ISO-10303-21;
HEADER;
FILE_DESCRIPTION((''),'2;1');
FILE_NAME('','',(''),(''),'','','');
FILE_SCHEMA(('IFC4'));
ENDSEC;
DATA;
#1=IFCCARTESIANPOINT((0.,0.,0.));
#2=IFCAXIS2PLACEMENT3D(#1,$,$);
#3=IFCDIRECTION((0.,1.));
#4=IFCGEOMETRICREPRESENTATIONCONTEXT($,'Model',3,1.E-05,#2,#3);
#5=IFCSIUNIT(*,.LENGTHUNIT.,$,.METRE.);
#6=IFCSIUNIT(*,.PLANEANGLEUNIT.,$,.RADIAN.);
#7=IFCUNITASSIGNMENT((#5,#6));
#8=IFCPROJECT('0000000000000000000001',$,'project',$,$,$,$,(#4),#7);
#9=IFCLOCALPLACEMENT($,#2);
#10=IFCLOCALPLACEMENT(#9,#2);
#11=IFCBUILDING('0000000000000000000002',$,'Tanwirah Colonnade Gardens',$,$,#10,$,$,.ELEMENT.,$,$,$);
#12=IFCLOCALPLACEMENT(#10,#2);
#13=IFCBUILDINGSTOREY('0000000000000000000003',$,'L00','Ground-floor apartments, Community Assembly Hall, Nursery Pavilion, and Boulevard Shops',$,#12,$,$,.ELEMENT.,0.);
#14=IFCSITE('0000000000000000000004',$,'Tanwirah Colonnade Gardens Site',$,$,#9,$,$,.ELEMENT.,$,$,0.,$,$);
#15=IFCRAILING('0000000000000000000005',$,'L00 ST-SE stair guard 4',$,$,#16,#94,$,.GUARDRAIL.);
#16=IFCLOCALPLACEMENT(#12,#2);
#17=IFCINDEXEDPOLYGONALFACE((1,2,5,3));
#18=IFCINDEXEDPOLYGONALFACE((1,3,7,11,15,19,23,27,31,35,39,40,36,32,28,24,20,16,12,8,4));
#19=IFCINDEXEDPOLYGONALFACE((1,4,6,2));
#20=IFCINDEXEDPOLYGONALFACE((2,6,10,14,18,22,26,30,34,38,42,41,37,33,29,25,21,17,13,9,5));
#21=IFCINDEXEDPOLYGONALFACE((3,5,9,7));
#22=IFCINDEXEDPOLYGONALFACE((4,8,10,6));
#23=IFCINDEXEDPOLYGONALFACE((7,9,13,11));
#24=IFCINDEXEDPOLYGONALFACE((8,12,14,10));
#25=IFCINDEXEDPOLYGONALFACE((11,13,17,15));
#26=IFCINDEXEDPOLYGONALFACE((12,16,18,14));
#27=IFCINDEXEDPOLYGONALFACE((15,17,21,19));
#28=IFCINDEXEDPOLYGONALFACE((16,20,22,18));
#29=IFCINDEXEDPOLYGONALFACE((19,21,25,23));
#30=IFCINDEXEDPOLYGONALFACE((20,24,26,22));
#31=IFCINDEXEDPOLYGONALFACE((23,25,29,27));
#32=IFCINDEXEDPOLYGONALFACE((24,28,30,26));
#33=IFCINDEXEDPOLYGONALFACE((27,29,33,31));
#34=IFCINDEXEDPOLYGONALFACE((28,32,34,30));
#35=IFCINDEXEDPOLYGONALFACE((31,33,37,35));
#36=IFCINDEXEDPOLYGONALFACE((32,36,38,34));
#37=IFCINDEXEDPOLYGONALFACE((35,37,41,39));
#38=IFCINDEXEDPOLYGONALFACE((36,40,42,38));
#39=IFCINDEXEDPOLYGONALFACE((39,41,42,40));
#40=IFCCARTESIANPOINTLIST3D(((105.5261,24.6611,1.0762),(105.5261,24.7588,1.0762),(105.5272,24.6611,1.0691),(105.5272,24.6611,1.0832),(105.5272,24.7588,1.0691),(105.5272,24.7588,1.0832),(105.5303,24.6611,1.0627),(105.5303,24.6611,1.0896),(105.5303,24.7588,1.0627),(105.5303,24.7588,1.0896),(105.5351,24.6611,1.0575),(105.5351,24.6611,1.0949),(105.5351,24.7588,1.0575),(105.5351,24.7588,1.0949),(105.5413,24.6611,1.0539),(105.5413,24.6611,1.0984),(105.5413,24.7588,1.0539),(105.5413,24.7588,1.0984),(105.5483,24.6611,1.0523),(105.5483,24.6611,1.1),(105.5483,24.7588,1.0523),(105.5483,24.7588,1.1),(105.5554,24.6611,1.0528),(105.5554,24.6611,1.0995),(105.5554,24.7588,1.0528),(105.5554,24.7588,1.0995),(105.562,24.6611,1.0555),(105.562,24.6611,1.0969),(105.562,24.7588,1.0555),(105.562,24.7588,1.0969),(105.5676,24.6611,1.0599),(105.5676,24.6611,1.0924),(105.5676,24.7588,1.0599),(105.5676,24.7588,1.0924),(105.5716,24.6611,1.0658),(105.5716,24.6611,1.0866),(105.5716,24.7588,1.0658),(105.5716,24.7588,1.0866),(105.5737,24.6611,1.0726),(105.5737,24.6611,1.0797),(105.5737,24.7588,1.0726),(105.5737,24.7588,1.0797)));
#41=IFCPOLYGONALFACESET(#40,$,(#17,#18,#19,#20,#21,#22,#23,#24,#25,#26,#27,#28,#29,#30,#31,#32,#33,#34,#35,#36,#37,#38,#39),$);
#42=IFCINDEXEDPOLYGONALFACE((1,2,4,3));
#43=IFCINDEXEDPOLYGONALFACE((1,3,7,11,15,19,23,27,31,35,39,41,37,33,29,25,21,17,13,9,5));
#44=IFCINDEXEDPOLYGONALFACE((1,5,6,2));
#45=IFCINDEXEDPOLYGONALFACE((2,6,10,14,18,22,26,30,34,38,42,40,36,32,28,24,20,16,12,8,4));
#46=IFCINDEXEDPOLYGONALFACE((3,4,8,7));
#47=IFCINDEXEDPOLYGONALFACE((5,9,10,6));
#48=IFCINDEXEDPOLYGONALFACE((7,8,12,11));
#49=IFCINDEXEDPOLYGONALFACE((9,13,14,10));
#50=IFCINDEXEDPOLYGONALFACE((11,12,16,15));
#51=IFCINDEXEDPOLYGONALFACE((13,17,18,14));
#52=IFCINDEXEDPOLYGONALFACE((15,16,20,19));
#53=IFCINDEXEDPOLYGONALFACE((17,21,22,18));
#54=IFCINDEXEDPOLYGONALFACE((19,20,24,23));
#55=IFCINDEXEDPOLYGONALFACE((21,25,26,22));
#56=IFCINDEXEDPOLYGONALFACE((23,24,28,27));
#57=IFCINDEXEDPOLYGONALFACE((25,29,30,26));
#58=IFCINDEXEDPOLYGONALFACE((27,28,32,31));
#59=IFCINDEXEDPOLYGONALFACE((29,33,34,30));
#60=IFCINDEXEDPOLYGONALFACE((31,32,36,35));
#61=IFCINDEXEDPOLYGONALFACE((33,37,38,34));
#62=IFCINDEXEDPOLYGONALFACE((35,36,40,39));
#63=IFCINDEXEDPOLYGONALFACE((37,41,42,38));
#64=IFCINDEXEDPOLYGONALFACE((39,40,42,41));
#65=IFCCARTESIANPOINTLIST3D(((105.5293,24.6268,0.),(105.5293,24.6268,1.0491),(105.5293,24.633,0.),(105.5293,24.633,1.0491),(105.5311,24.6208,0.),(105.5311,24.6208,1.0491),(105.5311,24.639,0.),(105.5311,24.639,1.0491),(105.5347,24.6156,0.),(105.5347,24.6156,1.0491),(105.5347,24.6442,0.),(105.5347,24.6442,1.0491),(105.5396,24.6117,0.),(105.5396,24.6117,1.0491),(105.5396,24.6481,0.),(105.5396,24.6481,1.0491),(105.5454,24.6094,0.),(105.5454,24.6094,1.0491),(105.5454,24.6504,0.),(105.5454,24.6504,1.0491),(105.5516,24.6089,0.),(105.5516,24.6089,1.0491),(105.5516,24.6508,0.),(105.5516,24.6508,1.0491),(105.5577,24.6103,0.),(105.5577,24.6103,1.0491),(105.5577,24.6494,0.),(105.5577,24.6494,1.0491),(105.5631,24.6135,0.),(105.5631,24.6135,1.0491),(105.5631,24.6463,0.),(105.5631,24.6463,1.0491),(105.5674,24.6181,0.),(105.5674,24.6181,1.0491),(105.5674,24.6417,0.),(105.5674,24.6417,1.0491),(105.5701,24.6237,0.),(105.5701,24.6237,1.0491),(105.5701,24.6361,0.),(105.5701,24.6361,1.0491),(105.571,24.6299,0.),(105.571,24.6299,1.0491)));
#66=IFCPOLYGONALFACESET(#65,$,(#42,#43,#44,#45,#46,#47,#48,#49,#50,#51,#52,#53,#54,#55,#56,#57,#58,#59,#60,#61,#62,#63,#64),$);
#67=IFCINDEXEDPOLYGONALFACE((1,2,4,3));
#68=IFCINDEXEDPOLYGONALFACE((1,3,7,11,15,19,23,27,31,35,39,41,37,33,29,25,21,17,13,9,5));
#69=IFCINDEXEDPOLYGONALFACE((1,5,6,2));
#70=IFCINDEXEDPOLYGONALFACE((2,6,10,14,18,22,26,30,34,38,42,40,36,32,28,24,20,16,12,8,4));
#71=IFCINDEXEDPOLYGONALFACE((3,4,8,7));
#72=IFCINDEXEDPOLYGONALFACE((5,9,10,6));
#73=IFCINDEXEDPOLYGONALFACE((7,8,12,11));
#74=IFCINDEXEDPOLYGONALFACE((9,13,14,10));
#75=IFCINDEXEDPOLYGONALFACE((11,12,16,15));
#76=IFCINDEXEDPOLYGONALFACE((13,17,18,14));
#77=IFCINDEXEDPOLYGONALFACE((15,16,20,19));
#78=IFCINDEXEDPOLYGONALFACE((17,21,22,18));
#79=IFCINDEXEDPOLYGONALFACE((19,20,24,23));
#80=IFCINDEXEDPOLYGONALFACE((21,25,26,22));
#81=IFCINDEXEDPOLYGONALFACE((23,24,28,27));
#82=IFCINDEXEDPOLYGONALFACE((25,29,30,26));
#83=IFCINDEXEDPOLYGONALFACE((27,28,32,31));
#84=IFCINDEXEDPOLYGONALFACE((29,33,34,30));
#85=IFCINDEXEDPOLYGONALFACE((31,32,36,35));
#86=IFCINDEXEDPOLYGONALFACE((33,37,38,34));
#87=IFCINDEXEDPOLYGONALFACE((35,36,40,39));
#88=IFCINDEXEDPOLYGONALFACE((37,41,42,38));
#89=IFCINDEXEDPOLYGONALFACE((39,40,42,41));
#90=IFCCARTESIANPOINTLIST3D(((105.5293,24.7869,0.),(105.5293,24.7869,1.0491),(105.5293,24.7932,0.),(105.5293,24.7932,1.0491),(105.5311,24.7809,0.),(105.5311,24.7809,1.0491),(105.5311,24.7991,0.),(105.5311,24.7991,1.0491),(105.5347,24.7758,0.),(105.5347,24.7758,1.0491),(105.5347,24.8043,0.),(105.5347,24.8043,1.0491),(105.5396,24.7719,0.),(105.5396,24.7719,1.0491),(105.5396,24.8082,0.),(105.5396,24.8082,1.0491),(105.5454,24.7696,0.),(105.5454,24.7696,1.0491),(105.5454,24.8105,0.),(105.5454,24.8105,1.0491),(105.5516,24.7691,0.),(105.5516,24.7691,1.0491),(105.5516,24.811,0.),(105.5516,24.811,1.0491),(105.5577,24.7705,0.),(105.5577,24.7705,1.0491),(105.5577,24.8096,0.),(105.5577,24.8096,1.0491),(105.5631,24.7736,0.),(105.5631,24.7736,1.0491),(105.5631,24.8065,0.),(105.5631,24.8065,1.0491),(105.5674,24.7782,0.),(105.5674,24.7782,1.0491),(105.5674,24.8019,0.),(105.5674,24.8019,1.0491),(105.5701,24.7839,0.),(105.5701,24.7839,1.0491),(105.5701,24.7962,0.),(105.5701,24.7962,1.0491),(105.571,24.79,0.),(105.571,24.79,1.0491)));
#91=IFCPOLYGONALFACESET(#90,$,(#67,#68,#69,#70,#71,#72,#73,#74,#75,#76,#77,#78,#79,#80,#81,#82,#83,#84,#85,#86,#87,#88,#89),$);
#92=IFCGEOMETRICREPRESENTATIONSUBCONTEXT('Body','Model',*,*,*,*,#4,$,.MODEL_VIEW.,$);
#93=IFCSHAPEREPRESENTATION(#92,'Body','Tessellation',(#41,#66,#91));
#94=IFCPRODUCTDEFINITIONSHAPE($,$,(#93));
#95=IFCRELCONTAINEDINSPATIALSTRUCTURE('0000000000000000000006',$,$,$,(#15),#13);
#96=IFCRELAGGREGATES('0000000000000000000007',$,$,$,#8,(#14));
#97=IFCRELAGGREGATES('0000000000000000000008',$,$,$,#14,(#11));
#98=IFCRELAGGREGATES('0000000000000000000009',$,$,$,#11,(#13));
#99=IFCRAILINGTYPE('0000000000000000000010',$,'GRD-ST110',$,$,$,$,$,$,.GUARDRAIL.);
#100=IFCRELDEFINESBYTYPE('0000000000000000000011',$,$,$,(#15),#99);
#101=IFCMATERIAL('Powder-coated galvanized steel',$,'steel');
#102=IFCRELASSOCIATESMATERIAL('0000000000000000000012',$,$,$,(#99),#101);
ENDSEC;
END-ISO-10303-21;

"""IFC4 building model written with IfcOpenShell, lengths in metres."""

from ifc_helpers import new_model, si_unit, direction, frame, origin, origin_2d, place, context, subcontext, project, spatial, circle, extrude, material, type_object, element, save


model = new_model("IFC4")

# Units and contexts
model_context = context("Model", 3, precision=1e-05, world=origin(), true_north=direction((0.0, 1.0)))
body_context = subcontext(model_context, "Body", "Model", "MODEL_VIEW")
ifc_project = project(units=[si_unit("LENGTHUNIT", "METRE"), si_unit("PLANEANGLEUNIT", "RADIAN")], contexts=[model_context])

# Site, building, storey
site_placement = place(None, origin())
site = spatial("IfcSite", under=ifc_project, at=site_placement, Name="Tanwirah Colonnade Gardens Site", CompositionType="ELEMENT", RefElevation=0.0)
building_placement = place(site_placement, origin())
building = spatial("IfcBuilding", under=site, at=building_placement, Name="Tanwirah Colonnade Gardens", CompositionType="ELEMENT")
storey_placement = place(building_placement, origin())
storey = spatial("IfcBuildingStorey", under=building, at=storey_placement, Name="L00", Description="Ground-floor apartments, Community Assembly Hall, Nursery Pavilion, and Boulevard Shops", CompositionType="ELEMENT", Elevation=0.0)

# Railing
ifc_material_1 = material(Name="Powder-coated galvanized steel", Category="steel")
railing_type_1 = type_object("IfcRailingType", Name="GRD-ST110", PredefinedType="GUARDRAIL", material=ifc_material_1)
railing_1_placement = place(storey_placement, frame((105.55, 24.6299, 0.0)))
element("IfcRailing", 1, at=railing_1_placement, inside=storey, type_object=railing_type_1, Name="L00 ST-SE stair guard 4", PredefinedType="GUARDRAIL", context=body_context, shape_type="SweptSolid", body=[
    extrude(circle(Radius=0.0239, at=origin_2d()), frame((0.0, 0.0312, 1.0762), z_axis=(0.0, 1.0, 0.0), x_axis=(-1.0, 0.0, 0.0)), (0.0, 0.0, 1.0), 0.0977),
    extrude(circle(Radius=0.021, at=origin_2d()), origin(), (0.0, 0.0, 1.0), 1.0491),
    extrude(circle(Radius=0.021, at=origin_2d()), frame((0.0, 0.1602, 0.0)), (0.0, 0.0, 1.0), 1.0491),
])

save(model, "model.ifc")
